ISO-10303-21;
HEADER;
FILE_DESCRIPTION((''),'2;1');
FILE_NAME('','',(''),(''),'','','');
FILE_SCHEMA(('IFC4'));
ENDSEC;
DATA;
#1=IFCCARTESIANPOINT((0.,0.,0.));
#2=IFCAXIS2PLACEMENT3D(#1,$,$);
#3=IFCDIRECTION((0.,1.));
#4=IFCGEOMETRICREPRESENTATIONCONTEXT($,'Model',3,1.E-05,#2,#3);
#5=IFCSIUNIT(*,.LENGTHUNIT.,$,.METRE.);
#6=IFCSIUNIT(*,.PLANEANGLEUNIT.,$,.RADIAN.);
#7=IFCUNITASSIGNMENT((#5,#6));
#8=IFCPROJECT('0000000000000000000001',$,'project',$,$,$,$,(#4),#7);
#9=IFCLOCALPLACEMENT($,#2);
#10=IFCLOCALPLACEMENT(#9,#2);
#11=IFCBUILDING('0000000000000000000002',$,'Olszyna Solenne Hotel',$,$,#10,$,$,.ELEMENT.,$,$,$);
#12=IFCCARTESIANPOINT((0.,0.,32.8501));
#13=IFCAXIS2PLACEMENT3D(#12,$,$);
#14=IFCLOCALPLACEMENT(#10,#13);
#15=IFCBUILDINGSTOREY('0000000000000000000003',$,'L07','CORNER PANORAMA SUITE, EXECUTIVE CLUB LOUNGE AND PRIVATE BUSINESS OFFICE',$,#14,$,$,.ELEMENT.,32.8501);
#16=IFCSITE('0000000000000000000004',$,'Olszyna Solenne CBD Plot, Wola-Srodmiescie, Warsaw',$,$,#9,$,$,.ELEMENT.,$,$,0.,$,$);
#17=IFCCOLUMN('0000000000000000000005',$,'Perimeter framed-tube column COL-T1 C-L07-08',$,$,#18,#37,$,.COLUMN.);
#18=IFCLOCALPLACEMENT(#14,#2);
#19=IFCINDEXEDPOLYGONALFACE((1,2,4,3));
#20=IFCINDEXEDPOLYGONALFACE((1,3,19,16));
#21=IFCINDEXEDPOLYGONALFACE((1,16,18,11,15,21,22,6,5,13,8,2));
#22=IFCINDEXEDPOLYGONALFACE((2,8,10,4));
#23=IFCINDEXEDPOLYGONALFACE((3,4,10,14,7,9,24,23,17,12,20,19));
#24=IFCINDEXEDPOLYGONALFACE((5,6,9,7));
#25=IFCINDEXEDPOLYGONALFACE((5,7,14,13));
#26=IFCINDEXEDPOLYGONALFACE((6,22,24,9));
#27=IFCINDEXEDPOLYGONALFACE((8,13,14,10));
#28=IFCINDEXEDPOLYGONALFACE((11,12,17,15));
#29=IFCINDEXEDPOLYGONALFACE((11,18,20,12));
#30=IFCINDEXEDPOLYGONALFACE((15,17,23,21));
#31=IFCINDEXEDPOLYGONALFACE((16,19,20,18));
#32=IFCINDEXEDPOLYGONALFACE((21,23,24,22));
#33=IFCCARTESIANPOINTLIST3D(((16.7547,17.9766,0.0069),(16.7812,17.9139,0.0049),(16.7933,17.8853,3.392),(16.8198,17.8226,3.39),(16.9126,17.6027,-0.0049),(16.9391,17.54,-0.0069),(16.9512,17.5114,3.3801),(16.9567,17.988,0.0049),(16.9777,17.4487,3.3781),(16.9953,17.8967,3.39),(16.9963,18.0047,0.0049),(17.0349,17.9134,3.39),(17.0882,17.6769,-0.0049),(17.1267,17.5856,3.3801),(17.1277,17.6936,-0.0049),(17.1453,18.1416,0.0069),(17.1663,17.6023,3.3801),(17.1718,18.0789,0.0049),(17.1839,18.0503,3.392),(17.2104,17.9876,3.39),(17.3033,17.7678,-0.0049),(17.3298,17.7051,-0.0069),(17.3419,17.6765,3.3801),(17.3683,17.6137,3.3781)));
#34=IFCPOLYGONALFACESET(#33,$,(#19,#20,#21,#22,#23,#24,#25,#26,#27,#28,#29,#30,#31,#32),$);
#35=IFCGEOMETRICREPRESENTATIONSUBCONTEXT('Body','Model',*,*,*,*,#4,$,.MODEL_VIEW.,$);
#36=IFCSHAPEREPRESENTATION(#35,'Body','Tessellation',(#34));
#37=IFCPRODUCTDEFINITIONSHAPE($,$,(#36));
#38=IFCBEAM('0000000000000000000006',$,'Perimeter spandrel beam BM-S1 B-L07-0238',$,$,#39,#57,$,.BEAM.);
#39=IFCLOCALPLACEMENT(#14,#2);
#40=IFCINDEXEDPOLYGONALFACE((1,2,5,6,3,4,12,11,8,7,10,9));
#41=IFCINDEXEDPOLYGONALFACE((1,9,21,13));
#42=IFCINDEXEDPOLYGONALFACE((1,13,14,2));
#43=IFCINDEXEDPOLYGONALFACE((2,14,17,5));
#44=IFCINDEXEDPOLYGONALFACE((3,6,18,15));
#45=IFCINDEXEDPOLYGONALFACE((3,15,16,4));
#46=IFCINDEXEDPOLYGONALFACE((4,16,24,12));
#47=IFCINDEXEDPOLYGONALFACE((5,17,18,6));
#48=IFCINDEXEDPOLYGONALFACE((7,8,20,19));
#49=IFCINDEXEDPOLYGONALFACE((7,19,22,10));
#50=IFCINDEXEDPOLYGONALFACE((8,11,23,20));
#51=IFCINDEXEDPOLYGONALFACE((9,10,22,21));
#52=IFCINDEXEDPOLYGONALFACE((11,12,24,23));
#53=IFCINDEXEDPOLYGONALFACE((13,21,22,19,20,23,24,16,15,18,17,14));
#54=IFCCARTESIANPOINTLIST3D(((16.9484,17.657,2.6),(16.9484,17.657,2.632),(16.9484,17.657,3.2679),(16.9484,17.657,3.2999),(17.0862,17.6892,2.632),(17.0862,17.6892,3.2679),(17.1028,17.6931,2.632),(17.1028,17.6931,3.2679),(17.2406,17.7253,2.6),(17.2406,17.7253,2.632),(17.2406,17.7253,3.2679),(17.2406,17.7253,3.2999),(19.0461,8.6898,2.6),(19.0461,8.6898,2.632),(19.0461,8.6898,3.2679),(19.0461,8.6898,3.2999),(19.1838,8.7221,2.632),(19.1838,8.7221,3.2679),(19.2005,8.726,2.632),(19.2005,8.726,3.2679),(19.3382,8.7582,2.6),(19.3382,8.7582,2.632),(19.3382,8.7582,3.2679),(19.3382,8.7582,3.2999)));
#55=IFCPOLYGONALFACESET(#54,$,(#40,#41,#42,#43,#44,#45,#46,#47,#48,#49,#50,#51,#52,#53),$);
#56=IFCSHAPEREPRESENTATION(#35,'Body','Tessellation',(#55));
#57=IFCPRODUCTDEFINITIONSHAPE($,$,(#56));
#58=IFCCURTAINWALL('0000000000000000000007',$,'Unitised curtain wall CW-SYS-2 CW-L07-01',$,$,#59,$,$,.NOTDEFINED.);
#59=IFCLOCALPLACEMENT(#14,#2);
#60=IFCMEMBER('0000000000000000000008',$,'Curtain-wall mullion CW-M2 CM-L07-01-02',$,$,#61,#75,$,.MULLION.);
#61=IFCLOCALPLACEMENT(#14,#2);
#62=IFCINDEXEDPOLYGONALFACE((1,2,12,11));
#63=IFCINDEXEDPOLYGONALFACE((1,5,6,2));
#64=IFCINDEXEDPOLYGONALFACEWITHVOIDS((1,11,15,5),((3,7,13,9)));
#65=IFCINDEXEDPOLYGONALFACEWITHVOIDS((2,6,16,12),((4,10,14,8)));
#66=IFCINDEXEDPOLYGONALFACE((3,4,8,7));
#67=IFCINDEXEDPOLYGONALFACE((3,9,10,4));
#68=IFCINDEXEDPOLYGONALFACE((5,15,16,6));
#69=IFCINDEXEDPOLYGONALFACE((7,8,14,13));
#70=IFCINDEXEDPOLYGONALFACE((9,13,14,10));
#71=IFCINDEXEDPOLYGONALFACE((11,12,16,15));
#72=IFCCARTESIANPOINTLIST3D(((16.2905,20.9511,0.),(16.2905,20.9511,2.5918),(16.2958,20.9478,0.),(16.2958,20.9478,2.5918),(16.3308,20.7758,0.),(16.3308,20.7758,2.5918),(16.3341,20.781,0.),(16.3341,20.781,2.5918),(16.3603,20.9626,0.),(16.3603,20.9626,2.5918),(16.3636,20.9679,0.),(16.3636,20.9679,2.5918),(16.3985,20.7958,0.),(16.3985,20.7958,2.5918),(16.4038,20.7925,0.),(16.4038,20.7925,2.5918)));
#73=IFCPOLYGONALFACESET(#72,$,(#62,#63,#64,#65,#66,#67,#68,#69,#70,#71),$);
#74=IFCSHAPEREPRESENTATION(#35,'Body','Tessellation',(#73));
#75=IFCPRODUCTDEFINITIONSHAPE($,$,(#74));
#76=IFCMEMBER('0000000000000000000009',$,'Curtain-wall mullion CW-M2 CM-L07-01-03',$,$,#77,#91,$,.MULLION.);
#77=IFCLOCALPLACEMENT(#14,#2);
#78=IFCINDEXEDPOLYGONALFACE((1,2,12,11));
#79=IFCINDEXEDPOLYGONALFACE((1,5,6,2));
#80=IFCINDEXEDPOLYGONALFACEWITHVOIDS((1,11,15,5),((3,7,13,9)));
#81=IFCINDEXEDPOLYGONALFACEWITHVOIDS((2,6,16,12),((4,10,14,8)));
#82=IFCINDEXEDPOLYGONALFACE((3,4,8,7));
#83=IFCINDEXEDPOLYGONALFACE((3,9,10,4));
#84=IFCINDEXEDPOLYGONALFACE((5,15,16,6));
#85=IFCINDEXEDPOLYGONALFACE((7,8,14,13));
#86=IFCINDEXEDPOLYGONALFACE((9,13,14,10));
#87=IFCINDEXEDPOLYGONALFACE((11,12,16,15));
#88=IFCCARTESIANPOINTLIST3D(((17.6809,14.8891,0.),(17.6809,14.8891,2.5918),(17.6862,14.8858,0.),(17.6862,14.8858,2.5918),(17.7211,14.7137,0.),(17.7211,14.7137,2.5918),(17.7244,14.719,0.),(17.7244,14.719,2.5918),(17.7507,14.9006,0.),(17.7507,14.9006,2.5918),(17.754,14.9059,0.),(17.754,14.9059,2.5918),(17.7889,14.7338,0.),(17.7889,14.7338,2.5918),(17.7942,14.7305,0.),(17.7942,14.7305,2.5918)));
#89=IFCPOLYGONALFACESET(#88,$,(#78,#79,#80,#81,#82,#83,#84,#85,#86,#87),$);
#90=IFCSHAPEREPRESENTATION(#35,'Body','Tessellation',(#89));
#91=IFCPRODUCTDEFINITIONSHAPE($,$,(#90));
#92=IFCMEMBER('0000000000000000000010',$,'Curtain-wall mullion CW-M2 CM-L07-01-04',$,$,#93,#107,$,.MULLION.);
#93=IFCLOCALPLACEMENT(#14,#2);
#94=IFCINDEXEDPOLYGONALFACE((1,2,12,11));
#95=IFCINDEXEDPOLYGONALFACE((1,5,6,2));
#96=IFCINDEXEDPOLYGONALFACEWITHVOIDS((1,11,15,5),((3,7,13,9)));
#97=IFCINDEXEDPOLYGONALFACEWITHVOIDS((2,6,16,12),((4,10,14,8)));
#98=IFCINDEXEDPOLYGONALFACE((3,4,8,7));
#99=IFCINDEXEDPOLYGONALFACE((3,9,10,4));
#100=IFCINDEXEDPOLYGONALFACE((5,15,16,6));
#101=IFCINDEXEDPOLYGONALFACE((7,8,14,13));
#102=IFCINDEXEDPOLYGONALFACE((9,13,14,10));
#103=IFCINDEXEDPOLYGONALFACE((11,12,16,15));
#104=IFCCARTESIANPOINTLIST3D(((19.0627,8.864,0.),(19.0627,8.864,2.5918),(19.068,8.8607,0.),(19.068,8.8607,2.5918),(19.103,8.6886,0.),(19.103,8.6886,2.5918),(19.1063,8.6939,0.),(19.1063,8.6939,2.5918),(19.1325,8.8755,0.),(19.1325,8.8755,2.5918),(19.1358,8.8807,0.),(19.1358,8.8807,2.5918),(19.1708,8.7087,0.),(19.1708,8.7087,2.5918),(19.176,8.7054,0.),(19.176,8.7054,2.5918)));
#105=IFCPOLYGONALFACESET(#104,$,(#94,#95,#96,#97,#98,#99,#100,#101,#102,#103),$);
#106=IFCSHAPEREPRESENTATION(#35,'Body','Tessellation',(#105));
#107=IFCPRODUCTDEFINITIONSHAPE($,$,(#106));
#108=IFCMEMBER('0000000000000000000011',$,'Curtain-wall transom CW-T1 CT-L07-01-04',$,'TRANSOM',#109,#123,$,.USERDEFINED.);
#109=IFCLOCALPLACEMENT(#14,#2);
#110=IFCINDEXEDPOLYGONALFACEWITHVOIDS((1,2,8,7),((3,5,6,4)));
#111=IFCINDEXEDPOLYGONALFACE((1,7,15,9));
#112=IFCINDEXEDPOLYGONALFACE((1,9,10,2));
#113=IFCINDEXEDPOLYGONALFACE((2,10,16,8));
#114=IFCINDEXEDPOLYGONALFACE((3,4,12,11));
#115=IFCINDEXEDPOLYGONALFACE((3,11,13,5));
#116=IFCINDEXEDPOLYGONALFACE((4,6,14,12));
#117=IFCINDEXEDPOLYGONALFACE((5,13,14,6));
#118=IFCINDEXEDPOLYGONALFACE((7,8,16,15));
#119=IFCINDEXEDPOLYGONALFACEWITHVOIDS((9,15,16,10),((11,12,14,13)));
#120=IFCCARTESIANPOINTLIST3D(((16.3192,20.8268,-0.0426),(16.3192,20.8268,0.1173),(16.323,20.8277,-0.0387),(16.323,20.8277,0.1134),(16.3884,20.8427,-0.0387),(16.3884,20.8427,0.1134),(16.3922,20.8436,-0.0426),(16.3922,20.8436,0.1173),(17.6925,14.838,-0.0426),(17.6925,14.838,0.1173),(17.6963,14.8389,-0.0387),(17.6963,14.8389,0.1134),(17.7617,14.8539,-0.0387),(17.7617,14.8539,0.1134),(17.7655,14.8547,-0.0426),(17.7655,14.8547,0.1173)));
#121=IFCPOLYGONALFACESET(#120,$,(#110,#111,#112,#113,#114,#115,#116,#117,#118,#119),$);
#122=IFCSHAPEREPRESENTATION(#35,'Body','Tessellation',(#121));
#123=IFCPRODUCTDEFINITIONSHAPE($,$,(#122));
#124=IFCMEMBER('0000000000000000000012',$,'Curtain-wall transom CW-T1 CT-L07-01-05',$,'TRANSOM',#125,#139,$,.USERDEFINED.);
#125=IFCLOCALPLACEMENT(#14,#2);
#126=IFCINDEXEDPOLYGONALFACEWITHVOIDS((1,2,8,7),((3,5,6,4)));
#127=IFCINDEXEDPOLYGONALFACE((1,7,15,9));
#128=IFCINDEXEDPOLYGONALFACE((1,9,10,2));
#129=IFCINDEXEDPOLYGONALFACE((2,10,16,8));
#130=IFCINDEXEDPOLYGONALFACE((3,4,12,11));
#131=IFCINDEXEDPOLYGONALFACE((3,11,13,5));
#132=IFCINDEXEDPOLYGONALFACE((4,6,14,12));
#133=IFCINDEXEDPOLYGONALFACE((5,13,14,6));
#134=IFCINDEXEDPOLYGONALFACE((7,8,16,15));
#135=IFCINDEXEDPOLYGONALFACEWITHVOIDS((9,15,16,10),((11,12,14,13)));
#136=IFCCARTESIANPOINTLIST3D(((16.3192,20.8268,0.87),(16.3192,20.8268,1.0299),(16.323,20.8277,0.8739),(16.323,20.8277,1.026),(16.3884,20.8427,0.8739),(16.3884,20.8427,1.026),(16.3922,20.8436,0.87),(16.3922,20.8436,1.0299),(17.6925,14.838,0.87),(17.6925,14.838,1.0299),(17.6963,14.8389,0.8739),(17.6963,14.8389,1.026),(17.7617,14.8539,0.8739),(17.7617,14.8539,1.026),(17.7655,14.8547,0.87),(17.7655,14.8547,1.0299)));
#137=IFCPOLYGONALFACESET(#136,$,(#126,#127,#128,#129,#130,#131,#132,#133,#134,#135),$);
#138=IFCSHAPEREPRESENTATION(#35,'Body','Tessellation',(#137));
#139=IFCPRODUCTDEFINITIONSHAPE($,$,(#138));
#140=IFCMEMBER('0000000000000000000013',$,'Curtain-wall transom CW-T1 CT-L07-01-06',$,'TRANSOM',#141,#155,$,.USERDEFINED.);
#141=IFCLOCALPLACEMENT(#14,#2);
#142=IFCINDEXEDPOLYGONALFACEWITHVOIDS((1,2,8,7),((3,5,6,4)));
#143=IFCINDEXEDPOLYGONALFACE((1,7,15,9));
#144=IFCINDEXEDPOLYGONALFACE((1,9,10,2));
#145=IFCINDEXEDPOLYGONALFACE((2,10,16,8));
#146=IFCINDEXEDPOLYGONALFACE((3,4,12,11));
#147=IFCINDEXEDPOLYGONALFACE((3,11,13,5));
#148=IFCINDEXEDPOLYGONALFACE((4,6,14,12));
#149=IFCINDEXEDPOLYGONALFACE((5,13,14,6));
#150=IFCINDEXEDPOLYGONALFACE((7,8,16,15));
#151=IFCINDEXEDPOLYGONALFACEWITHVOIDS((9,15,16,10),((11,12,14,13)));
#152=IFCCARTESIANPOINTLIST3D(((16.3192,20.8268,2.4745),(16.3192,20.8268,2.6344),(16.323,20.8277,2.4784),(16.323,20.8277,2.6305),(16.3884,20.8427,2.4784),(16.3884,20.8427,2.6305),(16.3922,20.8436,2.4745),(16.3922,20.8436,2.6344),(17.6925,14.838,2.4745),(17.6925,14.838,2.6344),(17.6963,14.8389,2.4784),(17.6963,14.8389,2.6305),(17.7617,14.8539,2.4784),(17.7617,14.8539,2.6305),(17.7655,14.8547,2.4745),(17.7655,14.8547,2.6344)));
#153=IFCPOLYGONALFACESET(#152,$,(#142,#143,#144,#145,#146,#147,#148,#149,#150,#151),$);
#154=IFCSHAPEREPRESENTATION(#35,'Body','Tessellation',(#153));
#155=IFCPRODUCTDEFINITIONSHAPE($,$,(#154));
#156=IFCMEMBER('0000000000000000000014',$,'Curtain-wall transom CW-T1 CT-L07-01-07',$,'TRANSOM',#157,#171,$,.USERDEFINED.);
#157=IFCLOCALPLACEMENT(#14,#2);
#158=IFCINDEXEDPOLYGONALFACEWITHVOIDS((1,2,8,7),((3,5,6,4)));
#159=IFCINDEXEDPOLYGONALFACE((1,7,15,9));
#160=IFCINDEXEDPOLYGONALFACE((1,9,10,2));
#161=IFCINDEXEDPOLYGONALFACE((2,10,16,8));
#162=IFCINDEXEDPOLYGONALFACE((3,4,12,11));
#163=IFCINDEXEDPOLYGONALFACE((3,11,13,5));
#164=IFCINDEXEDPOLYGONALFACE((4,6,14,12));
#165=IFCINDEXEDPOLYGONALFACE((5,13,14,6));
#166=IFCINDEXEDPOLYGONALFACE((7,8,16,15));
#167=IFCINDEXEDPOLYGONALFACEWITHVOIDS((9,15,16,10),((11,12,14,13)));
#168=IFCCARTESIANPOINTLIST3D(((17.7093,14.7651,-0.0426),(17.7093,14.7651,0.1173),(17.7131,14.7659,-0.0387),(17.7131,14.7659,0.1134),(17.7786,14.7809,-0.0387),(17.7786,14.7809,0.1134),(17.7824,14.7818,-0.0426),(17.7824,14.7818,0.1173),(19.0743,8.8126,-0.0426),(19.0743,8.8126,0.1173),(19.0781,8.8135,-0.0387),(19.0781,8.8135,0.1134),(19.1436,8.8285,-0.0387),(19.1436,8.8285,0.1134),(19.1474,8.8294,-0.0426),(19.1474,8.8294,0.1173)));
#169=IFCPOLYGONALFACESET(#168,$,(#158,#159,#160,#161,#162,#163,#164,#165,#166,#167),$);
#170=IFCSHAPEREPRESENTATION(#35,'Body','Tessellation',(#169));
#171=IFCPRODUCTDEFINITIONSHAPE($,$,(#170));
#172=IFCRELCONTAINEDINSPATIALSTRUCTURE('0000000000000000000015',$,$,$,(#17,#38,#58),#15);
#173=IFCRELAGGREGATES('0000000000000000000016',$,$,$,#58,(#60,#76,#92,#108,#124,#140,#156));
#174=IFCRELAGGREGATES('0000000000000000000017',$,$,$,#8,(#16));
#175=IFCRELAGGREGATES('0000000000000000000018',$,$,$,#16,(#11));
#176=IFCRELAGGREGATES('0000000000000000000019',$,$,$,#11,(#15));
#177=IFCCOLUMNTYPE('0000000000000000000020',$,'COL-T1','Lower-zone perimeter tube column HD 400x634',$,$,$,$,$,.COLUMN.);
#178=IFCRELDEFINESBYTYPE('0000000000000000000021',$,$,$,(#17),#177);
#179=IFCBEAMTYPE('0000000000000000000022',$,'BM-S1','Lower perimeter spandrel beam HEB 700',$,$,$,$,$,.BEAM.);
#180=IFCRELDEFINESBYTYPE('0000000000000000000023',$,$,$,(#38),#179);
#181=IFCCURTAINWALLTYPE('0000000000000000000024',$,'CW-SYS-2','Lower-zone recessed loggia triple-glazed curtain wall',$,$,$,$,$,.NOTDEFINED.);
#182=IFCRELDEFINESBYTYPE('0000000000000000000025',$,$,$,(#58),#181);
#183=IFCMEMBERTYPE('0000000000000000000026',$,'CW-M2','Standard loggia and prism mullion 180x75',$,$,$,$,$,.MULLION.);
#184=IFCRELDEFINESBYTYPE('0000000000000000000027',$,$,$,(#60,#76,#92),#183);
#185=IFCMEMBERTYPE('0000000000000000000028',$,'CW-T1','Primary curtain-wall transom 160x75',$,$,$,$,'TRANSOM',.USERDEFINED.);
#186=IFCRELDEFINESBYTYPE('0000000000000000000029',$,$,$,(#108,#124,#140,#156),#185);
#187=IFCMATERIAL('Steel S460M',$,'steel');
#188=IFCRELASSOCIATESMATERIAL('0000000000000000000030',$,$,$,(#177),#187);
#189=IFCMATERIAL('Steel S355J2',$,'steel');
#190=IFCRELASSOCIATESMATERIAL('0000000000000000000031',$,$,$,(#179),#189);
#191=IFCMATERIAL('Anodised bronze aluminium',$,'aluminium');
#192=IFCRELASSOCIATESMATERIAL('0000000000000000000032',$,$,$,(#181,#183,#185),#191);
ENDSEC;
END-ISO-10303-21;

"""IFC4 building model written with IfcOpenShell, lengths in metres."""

from ifc_helpers import new_model, si_unit, direction, frame, origin, origin_2d, place, context, subcontext, project, spatial, hollow_rectangle, i_section, extrude, source, transform, mapped, material, material_profile, profile_set, type_object, element, aggregate, save


model = new_model("IFC4")

# Units and contexts
model_context = context("Model", 3, precision=1e-05, world=origin(), true_north=direction((0.0, 1.0)))
body_context = subcontext(model_context, "Body", "Model", "MODEL_VIEW")
ifc_project = project(units=[si_unit("LENGTHUNIT", "METRE"), si_unit("PLANEANGLEUNIT", "RADIAN")], contexts=[model_context])

# Site, building, storey
site_placement = place(None, origin())
site = spatial("IfcSite", under=ifc_project, at=site_placement, Name="Olszyna Solenne CBD Plot, Wola-Srodmiescie, Warsaw", CompositionType="ELEMENT", RefElevation=0.0)
building_placement = place(site_placement, origin())
building = spatial("IfcBuilding", under=site, at=building_placement, Name="Olszyna Solenne Hotel", CompositionType="ELEMENT")
storey_placement = place(building_placement, frame((0.0, 0.0, 32.8501)))
storey = spatial("IfcBuildingStorey", under=building, at=storey_placement, Name="L07", Description="CORNER PANORAMA SUITE, EXECUTIVE CLUB LOUNGE AND PRIVATE BUSINESS OFFICE", CompositionType="ELEMENT", Elevation=32.8501)

# Column
ifc_material_1 = material(Name="Steel S460M", Category="steel")
ifc_material_profile_1 = material_profile(ifc_material_1, i_section(OverallWidth=0.4241, OverallDepth=0.4741, WebThickness=0.043, FlangeThickness=0.0681, at=origin_2d()), Name="HD 400x634", Category="load-bearing")
ifc_profile_set_1 = profile_set([ifc_material_profile_1], Name="Steel S460M")
column_type = type_object("IfcColumnType", Name="COL-T1", Description="Lower-zone perimeter tube column HD 400x634", PredefinedType="COLUMN", material=ifc_profile_set_1)
shared_shape_1 = source(origin(), body_context, "Body", "SweptSolid", [
    extrude(i_section(OverallWidth=0.4241, OverallDepth=0.4741, WebThickness=0.043, FlangeThickness=0.0681, at=origin_2d()), origin(), (0.0, 0.0, 1.0), 3.3865),
])
column_placement = place(storey_placement, frame((17.0422, 17.8408, 0.0), z_axis=(0.011391, -0.026963, 0.999572), x_axis=(0.921171, 0.389158, 0.0)))
element("IfcColumn", 1, at=column_placement, inside=storey, type_object=column_type, Name="Perimeter framed-tube column COL-T1 C-L07-08", PredefinedType="COLUMN", context=body_context, shape_type="MappedRepresentation", body=[
    mapped(shared_shape_1, transform((0.0, 0.0, 0.0), x_axis=(1.0, 0.0, 0.0), y_axis=(0.0, 1.0, 0.0), z_axis=(0.0, 0.0, 1.0), scale=1.0)),
])

# Beam
ifc_material_2 = material(Name="Steel S355J2", Category="steel")
ifc_material_profile_2 = material_profile(ifc_material_2, i_section(OverallWidth=0.3, OverallDepth=0.7, WebThickness=0.0171, FlangeThickness=0.032, at=origin_2d()), Name="HEB 700", Category="load-bearing")
ifc_profile_set_2 = profile_set([ifc_material_profile_2], Name="Steel S355J2")
beam_type = type_object("IfcBeamType", Name="BM-S1", Description="Lower perimeter spandrel beam HEB 700", PredefinedType="BEAM", material=ifc_profile_set_2)
shared_shape_2 = source(origin(), body_context, "Body", "SweptSolid", [
    extrude(i_section(OverallWidth=0.3, OverallDepth=0.7, WebThickness=0.0171, FlangeThickness=0.032, at=origin_2d()), origin(), (0.0, 0.0, 1.0), 9.2092),
])
beam_placement = place(storey_placement, frame((17.0945, 17.6912, 2.95), z_axis=(0.22778, -0.973713, 0.0), x_axis=(0.973713, 0.22778, 0.0)))
element("IfcBeam", 2, at=beam_placement, inside=storey, type_object=beam_type, Name="Perimeter spandrel beam BM-S1 B-L07-0238", PredefinedType="BEAM", context=body_context, shape_type="MappedRepresentation", body=[
    mapped(shared_shape_2, transform((0.0, 0.0, 0.0), x_axis=(1.0, 0.0, 0.0), y_axis=(0.0, 1.0, 0.0), z_axis=(0.0, 0.0, 1.0), scale=1.0)),
])

# Curtain wall, members
ifc_material_3 = material(Name="Anodised bronze aluminium", Category="aluminium")
curtain_wall_type = type_object("IfcCurtainWallType", Name="CW-SYS-2", Description="Lower-zone recessed loggia triple-glazed curtain wall", PredefinedType="NOTDEFINED", material=ifc_material_3)
curtain_wall_placement = place(storey_placement, origin())
curtain_wall = element("IfcCurtainWall", 3, at=curtain_wall_placement, inside=storey, type_object=curtain_wall_type, Name="Unitised curtain wall CW-SYS-2 CW-L07-01", PredefinedType="NOTDEFINED")
ifc_material_profile_3 = material_profile(ifc_material_3, hollow_rectangle(XDim=0.075, YDim=0.1799, WallThickness=0.0044, at=origin_2d()), Name="MULL 180x75x4.5", Category="load-bearing")
ifc_profile_set_3 = profile_set([ifc_material_profile_3], Name="Anodised bronze aluminium")
member_type_1 = type_object("IfcMemberType", Name="CW-M2", Description="Standard loggia and prism mullion 180x75", PredefinedType="MULLION", material=ifc_profile_set_3)
shared_shape_3 = source(origin(), body_context, "Body", "SweptSolid", [
    extrude(hollow_rectangle(XDim=0.075, YDim=0.1799, WallThickness=0.0044, at=origin_2d()), origin(), (0.0, 0.0, 1.0), 2.5918),
])
member_1_placement = place(storey_placement, frame((16.3472, 20.8718, 0.0), z_axis=(0.0, 0.0, 1.0), x_axis=(0.974696, 0.223535, 0.0)))
member_1 = element("IfcMember", 4, at=member_1_placement, type_object=member_type_1, Name="Curtain-wall mullion CW-M2 CM-L07-01-02", PredefinedType="MULLION", context=body_context, shape_type="MappedRepresentation", body=[
    mapped(shared_shape_3, transform((0.0, 0.0, 0.0), x_axis=(1.0, 0.0, 0.0), y_axis=(0.0, 1.0, 0.0), z_axis=(0.0, 0.0, 1.0), scale=1.0)),
])
member_2_placement = place(storey_placement, frame((17.7375, 14.8098, 0.0), z_axis=(0.0, 0.0, 1.0), x_axis=(0.974696, 0.223535, 0.0)))
member_2 = element("IfcMember", 5, at=member_2_placement, type_object=member_type_1, Name="Curtain-wall mullion CW-M2 CM-L07-01-03", PredefinedType="MULLION", context=body_context, shape_type="MappedRepresentation", body=[
    mapped(shared_shape_3, transform((0.0, 0.0, 0.0), x_axis=(1.0, 0.0, 0.0), y_axis=(0.0, 1.0, 0.0), z_axis=(0.0, 0.0, 1.0), scale=1.0)),
])
member_3_placement = place(storey_placement, frame((19.1194, 8.7847, 0.0), z_axis=(0.0, 0.0, 1.0), x_axis=(0.974696, 0.223535, 0.0)))
member_3 = element("IfcMember", 6, at=member_3_placement, type_object=member_type_1, Name="Curtain-wall mullion CW-M2 CM-L07-01-04", PredefinedType="MULLION", context=body_context, shape_type="MappedRepresentation", body=[
    mapped(shared_shape_3, transform((0.0, 0.0, 0.0), x_axis=(1.0, 0.0, 0.0), y_axis=(0.0, 1.0, 0.0), z_axis=(0.0, 0.0, 1.0), scale=1.0)),
])
ifc_material_profile_4 = material_profile(ifc_material_3, hollow_rectangle(XDim=0.075, YDim=0.1599, WallThickness=0.0039, at=origin_2d()), Name="TRAN 160x75x4", Category="load-bearing")
ifc_profile_set_4 = profile_set([ifc_material_profile_4], Name="Anodised bronze aluminium")
member_type_2 = type_object("IfcMemberType", Name="CW-T1", Description="Primary curtain-wall transom 160x75", ElementType="TRANSOM", PredefinedType="USERDEFINED", material=ifc_profile_set_4)
shared_shape_4 = source(origin(), body_context, "Body", "SweptSolid", [
    extrude(hollow_rectangle(XDim=0.075, YDim=0.1599, WallThickness=0.0039, at=origin_2d()), origin(), (0.0, 0.0, 1.0), 6.1443),
])
member_4_placement = place(storey_placement, frame((16.3557, 20.8352, 0.0374), z_axis=(0.22351, -0.974702, 0.0), x_axis=(0.974702, 0.22351, 0.0)))
member_4 = element("IfcMember", 7, at=member_4_placement, type_object=member_type_2, Name="Curtain-wall transom CW-T1 CT-L07-01-04", ObjectType="TRANSOM", PredefinedType="USERDEFINED", context=body_context, shape_type="MappedRepresentation", body=[
    mapped(shared_shape_4, transform((0.0, 0.0, 0.0), x_axis=(1.0, 0.0, 0.0), y_axis=(0.0, 1.0, 0.0), z_axis=(0.0, 0.0, 1.0), scale=1.0)),
])
member_5_placement = place(storey_placement, frame((16.3557, 20.8352, 0.95), z_axis=(0.22351, -0.974702, 0.0), x_axis=(0.974702, 0.22351, 0.0)))
member_5 = element("IfcMember", 8, at=member_5_placement, type_object=member_type_2, Name="Curtain-wall transom CW-T1 CT-L07-01-05", ObjectType="TRANSOM", PredefinedType="USERDEFINED", context=body_context, shape_type="MappedRepresentation", body=[
    mapped(shared_shape_4, transform((0.0, 0.0, 0.0), x_axis=(1.0, 0.0, 0.0), y_axis=(0.0, 1.0, 0.0), z_axis=(0.0, 0.0, 1.0), scale=1.0)),
])
member_6_placement = place(storey_placement, frame((16.3557, 20.8352, 2.5544), z_axis=(0.22351, -0.974702, 0.0), x_axis=(0.974702, 0.22351, 0.0)))
member_6 = element("IfcMember", 9, at=member_6_placement, type_object=member_type_2, Name="Curtain-wall transom CW-T1 CT-L07-01-06", ObjectType="TRANSOM", PredefinedType="USERDEFINED", context=body_context, shape_type="MappedRepresentation", body=[
    mapped(shared_shape_4, transform((0.0, 0.0, 0.0), x_axis=(1.0, 0.0, 0.0), y_axis=(0.0, 1.0, 0.0), z_axis=(0.0, 0.0, 1.0), scale=1.0)),
])
shared_shape_5 = source(origin(), body_context, "Body", "SweptSolid", [
    extrude(hollow_rectangle(XDim=0.075, YDim=0.1599, WallThickness=0.0039, at=origin_2d()), origin(), (0.0, 0.0, 1.0), 6.1069),
])
member_7_placement = place(storey_placement, frame((17.7458, 14.7734, 0.0374), z_axis=(0.223516, -0.9747, 0.0), x_axis=(0.9747, 0.223516, 0.0)))
member_7 = element("IfcMember", 10, at=member_7_placement, type_object=member_type_2, Name="Curtain-wall transom CW-T1 CT-L07-01-07", ObjectType="TRANSOM", PredefinedType="USERDEFINED", context=body_context, shape_type="MappedRepresentation", body=[
    mapped(shared_shape_5, transform((0.0, 0.0, 0.0), x_axis=(1.0, 0.0, 0.0), y_axis=(0.0, 1.0, 0.0), z_axis=(0.0, 0.0, 1.0), scale=1.0)),
])

aggregate(curtain_wall, [member_1, member_2, member_3, member_4, member_5, member_6, member_7])

save(model, "model.ifc")
